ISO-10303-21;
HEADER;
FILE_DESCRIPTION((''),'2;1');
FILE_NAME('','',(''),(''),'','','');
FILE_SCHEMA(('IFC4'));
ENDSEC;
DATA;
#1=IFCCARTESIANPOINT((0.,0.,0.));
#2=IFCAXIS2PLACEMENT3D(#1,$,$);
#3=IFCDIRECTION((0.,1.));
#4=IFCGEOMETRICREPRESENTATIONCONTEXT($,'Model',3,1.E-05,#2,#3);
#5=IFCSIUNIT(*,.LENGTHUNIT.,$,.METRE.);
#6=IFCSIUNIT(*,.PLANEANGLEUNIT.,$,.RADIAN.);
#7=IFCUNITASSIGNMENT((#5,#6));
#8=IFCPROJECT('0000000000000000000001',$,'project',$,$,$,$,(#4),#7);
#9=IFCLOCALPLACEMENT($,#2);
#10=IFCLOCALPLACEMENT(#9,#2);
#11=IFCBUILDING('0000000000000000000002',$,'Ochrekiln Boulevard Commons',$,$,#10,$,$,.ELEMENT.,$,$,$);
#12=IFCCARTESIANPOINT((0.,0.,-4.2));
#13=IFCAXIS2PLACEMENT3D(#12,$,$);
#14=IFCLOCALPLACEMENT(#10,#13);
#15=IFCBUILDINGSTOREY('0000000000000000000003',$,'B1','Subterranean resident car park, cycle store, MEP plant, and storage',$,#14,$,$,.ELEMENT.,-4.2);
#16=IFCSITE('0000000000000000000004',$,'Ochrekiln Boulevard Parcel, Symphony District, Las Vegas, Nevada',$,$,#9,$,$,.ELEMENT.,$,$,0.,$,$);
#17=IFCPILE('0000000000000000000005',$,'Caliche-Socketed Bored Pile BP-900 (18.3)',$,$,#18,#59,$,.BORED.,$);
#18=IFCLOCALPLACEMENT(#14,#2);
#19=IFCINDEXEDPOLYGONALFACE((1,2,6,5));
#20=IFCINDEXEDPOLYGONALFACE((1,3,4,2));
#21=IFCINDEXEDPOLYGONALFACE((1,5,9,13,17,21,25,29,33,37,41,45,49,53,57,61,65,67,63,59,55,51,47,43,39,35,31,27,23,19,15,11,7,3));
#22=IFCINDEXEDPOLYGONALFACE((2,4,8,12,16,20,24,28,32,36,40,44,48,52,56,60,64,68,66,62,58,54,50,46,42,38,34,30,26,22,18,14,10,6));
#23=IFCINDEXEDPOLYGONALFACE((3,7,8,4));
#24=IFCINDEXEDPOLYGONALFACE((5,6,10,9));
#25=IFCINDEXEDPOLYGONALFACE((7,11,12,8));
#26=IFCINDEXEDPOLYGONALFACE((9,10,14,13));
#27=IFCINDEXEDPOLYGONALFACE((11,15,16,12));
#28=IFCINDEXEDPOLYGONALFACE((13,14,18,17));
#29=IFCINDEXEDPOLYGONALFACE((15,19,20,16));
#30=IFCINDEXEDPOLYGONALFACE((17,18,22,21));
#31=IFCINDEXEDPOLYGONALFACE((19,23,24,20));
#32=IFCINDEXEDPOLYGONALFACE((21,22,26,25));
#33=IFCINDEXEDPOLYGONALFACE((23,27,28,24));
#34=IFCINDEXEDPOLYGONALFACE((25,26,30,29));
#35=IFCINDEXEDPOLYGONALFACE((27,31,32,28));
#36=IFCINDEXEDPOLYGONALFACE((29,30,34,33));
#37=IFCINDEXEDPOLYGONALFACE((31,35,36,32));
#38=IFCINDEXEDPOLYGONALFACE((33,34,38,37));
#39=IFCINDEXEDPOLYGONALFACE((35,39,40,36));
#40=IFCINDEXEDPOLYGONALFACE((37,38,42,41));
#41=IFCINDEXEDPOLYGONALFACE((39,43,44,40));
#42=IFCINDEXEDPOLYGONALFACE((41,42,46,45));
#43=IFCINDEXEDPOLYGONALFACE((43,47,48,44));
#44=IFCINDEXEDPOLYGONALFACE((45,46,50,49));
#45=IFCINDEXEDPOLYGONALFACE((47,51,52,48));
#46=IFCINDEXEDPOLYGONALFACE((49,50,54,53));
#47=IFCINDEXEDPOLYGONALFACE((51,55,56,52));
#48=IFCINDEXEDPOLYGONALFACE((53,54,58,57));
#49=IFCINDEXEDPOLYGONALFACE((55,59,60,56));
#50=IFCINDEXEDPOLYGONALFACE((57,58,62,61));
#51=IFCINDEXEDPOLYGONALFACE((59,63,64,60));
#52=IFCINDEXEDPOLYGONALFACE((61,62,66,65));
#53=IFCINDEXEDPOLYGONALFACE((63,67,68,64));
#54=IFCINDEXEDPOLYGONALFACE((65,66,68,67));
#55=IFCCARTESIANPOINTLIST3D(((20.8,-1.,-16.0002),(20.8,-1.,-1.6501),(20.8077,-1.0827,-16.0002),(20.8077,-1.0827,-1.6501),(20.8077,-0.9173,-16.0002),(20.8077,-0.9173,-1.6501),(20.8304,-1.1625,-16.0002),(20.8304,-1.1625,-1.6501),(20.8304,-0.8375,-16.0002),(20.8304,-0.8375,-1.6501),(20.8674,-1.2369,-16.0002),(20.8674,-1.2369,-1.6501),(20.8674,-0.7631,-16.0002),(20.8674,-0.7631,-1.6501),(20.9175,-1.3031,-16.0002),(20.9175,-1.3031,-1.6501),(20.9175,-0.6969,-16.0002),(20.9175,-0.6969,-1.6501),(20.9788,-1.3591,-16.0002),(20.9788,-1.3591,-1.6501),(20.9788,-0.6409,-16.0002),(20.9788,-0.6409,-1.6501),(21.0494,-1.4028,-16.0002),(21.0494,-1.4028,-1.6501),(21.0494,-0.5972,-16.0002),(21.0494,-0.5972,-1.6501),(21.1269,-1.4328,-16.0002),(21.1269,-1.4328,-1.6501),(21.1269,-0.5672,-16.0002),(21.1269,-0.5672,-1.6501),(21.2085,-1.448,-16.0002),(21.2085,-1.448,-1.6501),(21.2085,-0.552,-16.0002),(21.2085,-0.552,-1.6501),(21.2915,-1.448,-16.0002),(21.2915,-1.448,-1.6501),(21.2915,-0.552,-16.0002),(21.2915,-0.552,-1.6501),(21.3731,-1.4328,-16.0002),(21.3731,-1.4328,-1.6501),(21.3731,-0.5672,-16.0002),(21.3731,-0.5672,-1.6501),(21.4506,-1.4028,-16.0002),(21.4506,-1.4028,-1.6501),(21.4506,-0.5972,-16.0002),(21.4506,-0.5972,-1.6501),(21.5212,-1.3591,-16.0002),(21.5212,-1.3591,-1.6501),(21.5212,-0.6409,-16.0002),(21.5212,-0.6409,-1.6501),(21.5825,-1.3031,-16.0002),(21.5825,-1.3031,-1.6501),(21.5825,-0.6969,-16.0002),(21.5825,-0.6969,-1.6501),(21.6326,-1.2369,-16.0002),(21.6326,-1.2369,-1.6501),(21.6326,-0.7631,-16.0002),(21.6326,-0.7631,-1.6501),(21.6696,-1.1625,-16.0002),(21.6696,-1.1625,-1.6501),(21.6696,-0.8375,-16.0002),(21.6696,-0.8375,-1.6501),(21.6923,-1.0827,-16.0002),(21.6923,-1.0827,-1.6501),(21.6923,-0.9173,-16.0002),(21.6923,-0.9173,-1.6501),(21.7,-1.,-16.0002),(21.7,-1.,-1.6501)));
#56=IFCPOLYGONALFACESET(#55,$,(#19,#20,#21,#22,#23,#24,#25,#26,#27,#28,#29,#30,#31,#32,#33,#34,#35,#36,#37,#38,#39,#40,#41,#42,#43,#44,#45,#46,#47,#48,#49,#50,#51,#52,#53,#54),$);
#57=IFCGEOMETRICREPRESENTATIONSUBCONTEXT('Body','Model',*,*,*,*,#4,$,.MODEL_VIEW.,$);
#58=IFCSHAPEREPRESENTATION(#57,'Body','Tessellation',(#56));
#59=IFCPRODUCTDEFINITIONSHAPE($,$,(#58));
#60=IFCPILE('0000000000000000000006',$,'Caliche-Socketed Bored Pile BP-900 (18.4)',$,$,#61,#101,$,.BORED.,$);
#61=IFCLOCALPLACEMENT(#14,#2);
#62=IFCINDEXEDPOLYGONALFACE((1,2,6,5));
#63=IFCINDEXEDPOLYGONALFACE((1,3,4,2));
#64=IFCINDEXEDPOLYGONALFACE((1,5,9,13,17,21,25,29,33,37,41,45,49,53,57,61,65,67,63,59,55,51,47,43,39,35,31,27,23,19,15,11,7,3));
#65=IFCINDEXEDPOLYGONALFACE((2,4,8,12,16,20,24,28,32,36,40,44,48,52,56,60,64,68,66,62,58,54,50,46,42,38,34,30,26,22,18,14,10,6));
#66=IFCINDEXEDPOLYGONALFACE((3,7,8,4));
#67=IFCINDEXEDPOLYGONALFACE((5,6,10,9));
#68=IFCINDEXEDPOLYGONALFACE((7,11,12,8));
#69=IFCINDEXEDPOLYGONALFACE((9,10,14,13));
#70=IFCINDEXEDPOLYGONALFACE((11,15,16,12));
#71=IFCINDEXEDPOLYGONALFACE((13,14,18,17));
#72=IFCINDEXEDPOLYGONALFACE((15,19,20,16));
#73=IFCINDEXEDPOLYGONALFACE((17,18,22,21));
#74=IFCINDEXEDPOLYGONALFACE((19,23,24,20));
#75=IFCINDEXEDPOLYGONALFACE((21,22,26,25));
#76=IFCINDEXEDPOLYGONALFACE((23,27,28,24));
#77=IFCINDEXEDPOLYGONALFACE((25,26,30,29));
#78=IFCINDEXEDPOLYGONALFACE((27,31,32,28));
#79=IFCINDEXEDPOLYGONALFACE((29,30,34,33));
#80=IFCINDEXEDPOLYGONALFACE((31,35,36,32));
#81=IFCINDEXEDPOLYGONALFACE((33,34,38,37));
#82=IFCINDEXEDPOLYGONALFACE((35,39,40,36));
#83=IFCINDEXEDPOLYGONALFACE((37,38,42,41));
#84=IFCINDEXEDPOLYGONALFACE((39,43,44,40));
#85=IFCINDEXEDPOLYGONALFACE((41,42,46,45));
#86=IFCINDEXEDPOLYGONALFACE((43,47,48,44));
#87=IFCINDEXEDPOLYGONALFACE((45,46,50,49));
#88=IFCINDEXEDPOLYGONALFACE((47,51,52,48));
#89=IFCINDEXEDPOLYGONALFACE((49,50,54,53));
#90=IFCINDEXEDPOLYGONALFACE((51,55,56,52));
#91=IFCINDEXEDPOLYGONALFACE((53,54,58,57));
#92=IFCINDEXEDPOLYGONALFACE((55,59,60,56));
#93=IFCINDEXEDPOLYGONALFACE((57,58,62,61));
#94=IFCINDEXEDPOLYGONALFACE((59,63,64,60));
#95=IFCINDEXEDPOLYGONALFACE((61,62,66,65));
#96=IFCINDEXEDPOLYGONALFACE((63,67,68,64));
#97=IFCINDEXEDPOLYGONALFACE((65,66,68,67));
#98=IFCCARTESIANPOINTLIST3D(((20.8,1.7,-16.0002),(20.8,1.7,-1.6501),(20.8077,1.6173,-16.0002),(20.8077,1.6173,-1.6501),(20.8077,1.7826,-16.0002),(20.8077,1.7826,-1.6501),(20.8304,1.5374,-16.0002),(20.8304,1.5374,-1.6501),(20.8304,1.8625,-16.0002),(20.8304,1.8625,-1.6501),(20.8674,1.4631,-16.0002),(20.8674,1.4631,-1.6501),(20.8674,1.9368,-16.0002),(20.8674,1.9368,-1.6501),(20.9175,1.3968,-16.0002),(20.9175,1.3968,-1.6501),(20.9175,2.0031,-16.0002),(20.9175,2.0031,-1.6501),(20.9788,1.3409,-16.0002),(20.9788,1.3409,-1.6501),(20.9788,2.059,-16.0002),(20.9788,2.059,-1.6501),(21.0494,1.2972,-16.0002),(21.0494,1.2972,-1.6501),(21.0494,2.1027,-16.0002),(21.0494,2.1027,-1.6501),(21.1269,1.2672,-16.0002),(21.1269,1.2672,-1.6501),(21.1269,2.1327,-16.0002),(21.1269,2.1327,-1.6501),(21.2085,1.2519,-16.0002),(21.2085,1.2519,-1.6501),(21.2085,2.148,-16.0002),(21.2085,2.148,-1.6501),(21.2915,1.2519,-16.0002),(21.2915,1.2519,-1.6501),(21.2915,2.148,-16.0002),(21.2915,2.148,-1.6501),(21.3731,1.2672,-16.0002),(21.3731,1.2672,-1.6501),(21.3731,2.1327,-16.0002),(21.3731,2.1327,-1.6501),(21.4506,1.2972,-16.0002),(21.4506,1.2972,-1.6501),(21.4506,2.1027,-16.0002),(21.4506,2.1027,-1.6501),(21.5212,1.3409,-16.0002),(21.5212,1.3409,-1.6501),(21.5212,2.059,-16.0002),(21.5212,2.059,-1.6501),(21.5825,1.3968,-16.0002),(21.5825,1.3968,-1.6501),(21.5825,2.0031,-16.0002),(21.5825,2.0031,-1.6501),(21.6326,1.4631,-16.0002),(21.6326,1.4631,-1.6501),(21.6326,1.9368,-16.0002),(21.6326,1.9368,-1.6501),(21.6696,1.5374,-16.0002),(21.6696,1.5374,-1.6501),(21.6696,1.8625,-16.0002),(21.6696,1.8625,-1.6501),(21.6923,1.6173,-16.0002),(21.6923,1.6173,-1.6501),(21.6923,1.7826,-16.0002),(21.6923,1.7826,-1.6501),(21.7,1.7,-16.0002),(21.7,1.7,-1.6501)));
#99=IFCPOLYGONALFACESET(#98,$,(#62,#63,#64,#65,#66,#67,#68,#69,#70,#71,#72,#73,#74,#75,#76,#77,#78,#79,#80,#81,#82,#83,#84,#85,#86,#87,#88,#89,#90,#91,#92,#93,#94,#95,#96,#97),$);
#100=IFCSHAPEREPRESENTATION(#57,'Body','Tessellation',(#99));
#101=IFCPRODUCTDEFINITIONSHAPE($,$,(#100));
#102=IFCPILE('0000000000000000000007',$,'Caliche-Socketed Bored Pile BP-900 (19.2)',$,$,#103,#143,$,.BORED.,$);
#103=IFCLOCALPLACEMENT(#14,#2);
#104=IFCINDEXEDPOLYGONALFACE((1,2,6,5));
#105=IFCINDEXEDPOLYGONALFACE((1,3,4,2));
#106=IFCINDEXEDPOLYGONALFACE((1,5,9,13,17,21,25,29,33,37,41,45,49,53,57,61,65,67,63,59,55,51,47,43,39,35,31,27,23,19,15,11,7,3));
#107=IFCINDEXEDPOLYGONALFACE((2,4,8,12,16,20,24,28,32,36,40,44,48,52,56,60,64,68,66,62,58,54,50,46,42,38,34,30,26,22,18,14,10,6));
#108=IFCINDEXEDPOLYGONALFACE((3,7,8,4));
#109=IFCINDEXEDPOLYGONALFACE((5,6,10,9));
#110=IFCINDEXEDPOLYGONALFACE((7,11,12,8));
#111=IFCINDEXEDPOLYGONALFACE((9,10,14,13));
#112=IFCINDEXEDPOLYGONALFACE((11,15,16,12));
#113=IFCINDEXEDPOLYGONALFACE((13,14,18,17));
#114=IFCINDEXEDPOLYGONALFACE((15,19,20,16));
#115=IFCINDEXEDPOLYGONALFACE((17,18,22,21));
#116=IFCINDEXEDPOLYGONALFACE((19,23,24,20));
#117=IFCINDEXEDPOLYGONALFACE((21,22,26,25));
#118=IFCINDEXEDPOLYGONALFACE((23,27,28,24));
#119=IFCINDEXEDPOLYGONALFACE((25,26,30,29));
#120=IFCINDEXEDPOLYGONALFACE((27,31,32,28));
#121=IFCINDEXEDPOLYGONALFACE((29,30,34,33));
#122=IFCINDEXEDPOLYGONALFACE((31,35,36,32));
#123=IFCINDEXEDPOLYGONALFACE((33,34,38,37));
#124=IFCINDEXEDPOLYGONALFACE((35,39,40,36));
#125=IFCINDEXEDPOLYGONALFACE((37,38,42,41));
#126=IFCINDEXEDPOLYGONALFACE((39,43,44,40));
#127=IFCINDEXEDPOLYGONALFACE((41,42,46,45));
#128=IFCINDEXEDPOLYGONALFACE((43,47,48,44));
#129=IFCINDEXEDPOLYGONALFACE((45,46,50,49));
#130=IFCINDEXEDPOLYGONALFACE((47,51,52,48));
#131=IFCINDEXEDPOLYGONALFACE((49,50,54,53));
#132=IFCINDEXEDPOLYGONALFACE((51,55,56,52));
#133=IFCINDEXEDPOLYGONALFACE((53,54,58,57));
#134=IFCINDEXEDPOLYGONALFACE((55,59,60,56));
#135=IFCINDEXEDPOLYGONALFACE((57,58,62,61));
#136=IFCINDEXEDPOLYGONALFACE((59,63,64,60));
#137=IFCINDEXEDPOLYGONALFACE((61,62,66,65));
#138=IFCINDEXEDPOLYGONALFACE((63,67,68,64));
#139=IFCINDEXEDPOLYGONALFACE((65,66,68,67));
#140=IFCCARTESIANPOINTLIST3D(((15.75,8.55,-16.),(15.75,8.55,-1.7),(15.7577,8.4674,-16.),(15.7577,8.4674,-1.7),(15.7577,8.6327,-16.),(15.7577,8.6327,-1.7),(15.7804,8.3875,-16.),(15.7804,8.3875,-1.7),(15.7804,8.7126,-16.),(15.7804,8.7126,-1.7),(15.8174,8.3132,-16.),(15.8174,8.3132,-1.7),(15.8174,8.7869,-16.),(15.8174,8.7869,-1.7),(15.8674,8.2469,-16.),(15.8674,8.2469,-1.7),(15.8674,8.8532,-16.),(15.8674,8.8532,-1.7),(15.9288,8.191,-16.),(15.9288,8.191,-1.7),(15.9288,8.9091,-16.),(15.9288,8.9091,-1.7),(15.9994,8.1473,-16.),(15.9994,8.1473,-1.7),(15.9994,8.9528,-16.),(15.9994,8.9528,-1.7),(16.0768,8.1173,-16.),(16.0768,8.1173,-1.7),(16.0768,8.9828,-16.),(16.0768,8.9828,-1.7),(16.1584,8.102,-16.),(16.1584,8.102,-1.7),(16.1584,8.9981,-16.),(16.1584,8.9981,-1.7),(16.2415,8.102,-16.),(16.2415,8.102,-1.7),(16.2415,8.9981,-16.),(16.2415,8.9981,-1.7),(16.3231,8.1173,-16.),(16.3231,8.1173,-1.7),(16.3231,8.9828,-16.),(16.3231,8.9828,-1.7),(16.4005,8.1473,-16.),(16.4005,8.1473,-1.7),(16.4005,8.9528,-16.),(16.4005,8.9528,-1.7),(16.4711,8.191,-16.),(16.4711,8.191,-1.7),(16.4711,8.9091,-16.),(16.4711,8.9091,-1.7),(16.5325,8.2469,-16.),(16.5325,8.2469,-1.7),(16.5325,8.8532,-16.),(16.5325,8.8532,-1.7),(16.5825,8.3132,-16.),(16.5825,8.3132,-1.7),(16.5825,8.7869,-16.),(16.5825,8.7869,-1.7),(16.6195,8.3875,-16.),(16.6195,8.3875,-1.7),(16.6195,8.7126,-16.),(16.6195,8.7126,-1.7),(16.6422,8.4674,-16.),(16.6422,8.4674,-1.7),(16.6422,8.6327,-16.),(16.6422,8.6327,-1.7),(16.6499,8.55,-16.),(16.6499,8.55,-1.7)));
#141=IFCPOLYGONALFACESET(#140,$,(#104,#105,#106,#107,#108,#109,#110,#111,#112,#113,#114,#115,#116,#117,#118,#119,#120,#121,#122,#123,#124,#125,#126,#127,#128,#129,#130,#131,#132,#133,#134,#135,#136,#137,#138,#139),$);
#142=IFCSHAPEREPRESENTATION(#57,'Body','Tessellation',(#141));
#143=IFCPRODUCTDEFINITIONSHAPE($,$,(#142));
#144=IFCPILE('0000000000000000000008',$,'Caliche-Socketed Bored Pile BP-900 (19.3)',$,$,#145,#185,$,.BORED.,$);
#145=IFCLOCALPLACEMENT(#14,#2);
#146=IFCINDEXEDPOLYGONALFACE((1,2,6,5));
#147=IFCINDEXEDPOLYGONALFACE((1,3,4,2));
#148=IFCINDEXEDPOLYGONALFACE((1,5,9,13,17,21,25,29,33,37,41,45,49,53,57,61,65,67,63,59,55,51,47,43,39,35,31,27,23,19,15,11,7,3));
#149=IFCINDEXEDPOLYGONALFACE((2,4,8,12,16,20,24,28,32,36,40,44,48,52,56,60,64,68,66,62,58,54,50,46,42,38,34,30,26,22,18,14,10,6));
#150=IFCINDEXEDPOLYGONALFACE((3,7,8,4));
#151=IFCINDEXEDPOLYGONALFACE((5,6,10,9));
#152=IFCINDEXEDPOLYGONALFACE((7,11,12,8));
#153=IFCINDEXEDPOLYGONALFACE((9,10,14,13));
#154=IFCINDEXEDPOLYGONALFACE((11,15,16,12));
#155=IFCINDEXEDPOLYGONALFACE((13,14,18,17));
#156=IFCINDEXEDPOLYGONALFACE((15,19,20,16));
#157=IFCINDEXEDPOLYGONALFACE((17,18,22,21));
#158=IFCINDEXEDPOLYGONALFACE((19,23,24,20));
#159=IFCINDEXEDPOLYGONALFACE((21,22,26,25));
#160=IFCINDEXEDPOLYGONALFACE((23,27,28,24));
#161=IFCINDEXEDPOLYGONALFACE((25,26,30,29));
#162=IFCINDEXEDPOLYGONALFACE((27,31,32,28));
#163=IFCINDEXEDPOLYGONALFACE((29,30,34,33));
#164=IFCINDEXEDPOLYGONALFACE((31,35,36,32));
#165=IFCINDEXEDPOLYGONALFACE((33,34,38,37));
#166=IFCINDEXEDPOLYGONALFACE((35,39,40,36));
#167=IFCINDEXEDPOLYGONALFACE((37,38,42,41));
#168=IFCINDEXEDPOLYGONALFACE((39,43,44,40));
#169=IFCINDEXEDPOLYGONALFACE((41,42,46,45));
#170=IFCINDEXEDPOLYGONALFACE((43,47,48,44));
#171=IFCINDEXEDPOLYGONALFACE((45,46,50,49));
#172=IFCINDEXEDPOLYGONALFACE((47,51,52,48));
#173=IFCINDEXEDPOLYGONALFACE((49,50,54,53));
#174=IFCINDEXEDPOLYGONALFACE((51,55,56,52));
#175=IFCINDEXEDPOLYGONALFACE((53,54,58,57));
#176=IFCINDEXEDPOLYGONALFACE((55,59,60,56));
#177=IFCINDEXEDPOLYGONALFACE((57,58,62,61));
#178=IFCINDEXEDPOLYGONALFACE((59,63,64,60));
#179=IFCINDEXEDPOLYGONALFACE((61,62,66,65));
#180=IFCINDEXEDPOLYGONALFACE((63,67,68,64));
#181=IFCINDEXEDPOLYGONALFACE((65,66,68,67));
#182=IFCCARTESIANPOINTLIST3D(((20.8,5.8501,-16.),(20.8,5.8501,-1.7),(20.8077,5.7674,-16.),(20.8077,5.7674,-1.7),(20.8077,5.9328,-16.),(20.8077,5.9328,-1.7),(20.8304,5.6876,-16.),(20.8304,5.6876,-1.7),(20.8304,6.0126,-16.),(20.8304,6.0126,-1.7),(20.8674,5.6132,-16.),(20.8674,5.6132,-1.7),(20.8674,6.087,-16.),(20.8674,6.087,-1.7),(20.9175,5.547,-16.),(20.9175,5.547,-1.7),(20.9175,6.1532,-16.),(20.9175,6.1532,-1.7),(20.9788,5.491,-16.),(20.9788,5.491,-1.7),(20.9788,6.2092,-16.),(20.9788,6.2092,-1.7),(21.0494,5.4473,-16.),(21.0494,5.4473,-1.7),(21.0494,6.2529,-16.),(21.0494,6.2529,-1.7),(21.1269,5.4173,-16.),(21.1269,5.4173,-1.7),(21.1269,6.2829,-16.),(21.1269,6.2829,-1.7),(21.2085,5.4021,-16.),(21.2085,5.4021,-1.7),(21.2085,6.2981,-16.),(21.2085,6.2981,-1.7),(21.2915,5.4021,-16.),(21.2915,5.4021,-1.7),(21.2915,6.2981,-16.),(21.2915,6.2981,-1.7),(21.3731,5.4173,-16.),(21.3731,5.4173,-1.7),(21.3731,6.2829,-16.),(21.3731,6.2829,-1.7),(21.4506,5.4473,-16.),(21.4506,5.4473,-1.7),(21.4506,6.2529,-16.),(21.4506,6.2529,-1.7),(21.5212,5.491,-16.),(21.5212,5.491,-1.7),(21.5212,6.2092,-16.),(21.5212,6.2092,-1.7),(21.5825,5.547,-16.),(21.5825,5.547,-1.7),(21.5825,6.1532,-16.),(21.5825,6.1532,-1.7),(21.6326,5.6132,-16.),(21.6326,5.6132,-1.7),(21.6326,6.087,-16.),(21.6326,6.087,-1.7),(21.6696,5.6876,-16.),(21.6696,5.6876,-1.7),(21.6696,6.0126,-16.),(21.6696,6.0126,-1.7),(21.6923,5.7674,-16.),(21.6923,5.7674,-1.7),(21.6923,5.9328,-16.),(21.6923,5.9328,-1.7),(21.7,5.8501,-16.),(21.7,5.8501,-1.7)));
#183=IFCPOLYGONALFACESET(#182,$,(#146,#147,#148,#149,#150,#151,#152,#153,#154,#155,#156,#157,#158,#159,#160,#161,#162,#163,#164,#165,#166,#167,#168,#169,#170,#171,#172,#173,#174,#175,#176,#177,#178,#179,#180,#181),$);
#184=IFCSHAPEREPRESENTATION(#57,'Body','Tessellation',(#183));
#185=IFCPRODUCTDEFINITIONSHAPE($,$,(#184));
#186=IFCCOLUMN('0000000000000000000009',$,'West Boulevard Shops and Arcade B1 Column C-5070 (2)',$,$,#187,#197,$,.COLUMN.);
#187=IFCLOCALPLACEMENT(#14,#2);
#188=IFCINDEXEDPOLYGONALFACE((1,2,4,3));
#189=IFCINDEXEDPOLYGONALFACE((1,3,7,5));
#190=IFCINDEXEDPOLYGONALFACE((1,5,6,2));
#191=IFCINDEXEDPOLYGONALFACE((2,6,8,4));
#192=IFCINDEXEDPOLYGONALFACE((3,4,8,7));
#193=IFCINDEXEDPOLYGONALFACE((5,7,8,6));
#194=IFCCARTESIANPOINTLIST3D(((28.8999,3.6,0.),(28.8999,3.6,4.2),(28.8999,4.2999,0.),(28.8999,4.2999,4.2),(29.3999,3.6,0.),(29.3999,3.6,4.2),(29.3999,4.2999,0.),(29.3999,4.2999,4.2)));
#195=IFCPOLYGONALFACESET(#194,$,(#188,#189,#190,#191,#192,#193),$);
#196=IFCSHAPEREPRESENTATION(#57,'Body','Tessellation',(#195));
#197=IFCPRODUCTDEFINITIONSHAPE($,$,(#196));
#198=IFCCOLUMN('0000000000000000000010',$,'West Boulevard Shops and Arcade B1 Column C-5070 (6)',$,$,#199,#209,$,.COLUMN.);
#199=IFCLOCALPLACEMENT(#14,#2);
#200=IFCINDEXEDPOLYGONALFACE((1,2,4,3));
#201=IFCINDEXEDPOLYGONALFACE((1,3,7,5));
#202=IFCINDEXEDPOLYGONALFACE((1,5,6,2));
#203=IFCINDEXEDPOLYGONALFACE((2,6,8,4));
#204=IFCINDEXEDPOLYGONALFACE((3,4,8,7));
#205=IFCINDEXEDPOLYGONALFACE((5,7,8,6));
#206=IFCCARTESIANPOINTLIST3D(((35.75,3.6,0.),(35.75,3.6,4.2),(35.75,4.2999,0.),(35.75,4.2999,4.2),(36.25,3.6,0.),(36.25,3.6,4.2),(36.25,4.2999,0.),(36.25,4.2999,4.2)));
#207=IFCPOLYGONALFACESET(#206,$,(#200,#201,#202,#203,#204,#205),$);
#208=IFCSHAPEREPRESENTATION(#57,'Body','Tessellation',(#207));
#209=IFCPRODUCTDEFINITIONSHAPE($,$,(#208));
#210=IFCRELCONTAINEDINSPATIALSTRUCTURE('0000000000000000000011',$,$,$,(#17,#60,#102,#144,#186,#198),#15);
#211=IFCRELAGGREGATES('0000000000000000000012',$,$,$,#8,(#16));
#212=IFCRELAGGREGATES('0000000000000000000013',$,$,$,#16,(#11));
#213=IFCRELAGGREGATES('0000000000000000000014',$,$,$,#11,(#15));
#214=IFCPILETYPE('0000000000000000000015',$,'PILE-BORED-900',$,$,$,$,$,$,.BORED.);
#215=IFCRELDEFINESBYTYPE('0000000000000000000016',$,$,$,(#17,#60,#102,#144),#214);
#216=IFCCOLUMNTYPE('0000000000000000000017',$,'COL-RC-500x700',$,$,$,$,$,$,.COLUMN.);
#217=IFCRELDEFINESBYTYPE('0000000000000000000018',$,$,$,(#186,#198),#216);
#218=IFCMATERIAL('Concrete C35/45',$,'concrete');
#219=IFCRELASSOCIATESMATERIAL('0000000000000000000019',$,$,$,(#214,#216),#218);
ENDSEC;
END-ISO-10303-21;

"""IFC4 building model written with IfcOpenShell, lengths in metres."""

from ifc_helpers import new_model, si_unit, direction, frame, origin, origin_2d, place, context, subcontext, project, spatial, rectangle, circle, extrude, material, material_profile, profile_set, type_object, element, save


model = new_model("IFC4")

# Units and contexts
model_context = context("Model", 3, precision=1e-05, world=origin(), true_north=direction((0.0, 1.0)))
body_context = subcontext(model_context, "Body", "Model", "MODEL_VIEW")
ifc_project = project(units=[si_unit("LENGTHUNIT", "METRE"), si_unit("PLANEANGLEUNIT", "RADIAN")], contexts=[model_context])

# Site, building, storey
site_placement = place(None, origin())
site = spatial("IfcSite", under=ifc_project, at=site_placement, Name="Ochrekiln Boulevard Parcel, Symphony District, Las Vegas, Nevada", CompositionType="ELEMENT", RefElevation=0.0)
building_placement = place(site_placement, origin())
building = spatial("IfcBuilding", under=site, at=building_placement, Name="Ochrekiln Boulevard Commons", CompositionType="ELEMENT")
storey_placement = place(building_placement, frame((0.0, 0.0, -4.2)))
storey = spatial("IfcBuildingStorey", under=building, at=storey_placement, Name="B1", Description="Subterranean resident car park, cycle store, MEP plant, and storage", CompositionType="ELEMENT", Elevation=-4.2)

# Shared definitions
ifc_material_1 = material(Name="Concrete C35/45", Category="concrete")

# Piles
ifc_material_profile_1 = material_profile(ifc_material_1, circle(Radius=0.45, at=origin_2d()), Name="PILE-D900")
ifc_profile_set_1 = profile_set([ifc_material_profile_1], Name="Concrete C35/45")
pile_type_1 = type_object("IfcPileType", Name="PILE-BORED-900", PredefinedType="BORED", material=ifc_profile_set_1)
for number, where, z_axis, x_axis, name in (
    (1, (21.25, -1.0, -1.6501), (0.0, 0.0, -1.0), (1.0, 0.0, 0.0), "Caliche-Socketed Bored Pile BP-900 (18.3)"),
    (2, (21.25, 1.7, -1.6501), (0.0, 0.0, -1.0), (1.0, 0.0, 0.0), "Caliche-Socketed Bored Pile BP-900 (18.4)"),
):
    element("IfcPile", number, at=place(storey_placement, frame(where, z_axis=z_axis, x_axis=x_axis)), inside=storey, type_object=pile_type_1, Name=name, PredefinedType="BORED", context=body_context, shape_type="SweptSolid", body=[
        extrude(circle(Radius=0.45, at=origin_2d()), origin(), (0.0, 0.0, 1.0), 14.3501),
    ])
for number, where, z_axis, x_axis, name in (
    (3, (16.2, 8.55, -1.7), (0.0, 0.0, -1.0), (1.0, 0.0, 0.0), "Caliche-Socketed Bored Pile BP-900 (19.2)"),
    (4, (21.25, 5.8501, -1.7), (0.0, 0.0, -1.0), (1.0, 0.0, 0.0), "Caliche-Socketed Bored Pile BP-900 (19.3)"),
):
    element("IfcPile", number, at=place(storey_placement, frame(where, z_axis=z_axis, x_axis=x_axis)), inside=storey, type_object=pile_type_1, Name=name, PredefinedType="BORED", context=body_context, shape_type="SweptSolid", body=[
        extrude(circle(Radius=0.45, at=origin_2d()), origin(), (0.0, 0.0, 1.0), 14.3),
    ])

# Columns
ifc_material_profile_2 = material_profile(ifc_material_1, rectangle(XDim=0.5, YDim=0.7, at=origin_2d()), Name="RC-COL-500x700")
ifc_profile_set_2 = profile_set([ifc_material_profile_2], Name="Concrete C35/45")
column_type_1 = type_object("IfcColumnType", Name="COL-RC-500x700", PredefinedType="COLUMN", material=ifc_profile_set_2)
for number, where, z_axis, x_axis, name in (
    (5, (29.1499, 3.95, 0.0), (0.0, 0.0, 1.0), (1.0, 0.0, 0.0), "West Boulevard Shops and Arcade B1 Column C-5070 (2)"),
    (6, (36.0, 3.95, 0.0), (0.0, 0.0, 1.0), (1.0, 0.0, 0.0), "West Boulevard Shops and Arcade B1 Column C-5070 (6)"),
):
    element("IfcColumn", number, at=place(storey_placement, frame(where, z_axis=z_axis, x_axis=x_axis)), inside=storey, type_object=column_type_1, Name=name, PredefinedType="COLUMN", context=body_context, shape_type="SweptSolid", body=[
        extrude(rectangle(XDim=0.5, YDim=0.7, at=origin_2d()), origin(), (0.0, 0.0, 1.0), 4.2),
    ])

save(model, "model.ifc")
